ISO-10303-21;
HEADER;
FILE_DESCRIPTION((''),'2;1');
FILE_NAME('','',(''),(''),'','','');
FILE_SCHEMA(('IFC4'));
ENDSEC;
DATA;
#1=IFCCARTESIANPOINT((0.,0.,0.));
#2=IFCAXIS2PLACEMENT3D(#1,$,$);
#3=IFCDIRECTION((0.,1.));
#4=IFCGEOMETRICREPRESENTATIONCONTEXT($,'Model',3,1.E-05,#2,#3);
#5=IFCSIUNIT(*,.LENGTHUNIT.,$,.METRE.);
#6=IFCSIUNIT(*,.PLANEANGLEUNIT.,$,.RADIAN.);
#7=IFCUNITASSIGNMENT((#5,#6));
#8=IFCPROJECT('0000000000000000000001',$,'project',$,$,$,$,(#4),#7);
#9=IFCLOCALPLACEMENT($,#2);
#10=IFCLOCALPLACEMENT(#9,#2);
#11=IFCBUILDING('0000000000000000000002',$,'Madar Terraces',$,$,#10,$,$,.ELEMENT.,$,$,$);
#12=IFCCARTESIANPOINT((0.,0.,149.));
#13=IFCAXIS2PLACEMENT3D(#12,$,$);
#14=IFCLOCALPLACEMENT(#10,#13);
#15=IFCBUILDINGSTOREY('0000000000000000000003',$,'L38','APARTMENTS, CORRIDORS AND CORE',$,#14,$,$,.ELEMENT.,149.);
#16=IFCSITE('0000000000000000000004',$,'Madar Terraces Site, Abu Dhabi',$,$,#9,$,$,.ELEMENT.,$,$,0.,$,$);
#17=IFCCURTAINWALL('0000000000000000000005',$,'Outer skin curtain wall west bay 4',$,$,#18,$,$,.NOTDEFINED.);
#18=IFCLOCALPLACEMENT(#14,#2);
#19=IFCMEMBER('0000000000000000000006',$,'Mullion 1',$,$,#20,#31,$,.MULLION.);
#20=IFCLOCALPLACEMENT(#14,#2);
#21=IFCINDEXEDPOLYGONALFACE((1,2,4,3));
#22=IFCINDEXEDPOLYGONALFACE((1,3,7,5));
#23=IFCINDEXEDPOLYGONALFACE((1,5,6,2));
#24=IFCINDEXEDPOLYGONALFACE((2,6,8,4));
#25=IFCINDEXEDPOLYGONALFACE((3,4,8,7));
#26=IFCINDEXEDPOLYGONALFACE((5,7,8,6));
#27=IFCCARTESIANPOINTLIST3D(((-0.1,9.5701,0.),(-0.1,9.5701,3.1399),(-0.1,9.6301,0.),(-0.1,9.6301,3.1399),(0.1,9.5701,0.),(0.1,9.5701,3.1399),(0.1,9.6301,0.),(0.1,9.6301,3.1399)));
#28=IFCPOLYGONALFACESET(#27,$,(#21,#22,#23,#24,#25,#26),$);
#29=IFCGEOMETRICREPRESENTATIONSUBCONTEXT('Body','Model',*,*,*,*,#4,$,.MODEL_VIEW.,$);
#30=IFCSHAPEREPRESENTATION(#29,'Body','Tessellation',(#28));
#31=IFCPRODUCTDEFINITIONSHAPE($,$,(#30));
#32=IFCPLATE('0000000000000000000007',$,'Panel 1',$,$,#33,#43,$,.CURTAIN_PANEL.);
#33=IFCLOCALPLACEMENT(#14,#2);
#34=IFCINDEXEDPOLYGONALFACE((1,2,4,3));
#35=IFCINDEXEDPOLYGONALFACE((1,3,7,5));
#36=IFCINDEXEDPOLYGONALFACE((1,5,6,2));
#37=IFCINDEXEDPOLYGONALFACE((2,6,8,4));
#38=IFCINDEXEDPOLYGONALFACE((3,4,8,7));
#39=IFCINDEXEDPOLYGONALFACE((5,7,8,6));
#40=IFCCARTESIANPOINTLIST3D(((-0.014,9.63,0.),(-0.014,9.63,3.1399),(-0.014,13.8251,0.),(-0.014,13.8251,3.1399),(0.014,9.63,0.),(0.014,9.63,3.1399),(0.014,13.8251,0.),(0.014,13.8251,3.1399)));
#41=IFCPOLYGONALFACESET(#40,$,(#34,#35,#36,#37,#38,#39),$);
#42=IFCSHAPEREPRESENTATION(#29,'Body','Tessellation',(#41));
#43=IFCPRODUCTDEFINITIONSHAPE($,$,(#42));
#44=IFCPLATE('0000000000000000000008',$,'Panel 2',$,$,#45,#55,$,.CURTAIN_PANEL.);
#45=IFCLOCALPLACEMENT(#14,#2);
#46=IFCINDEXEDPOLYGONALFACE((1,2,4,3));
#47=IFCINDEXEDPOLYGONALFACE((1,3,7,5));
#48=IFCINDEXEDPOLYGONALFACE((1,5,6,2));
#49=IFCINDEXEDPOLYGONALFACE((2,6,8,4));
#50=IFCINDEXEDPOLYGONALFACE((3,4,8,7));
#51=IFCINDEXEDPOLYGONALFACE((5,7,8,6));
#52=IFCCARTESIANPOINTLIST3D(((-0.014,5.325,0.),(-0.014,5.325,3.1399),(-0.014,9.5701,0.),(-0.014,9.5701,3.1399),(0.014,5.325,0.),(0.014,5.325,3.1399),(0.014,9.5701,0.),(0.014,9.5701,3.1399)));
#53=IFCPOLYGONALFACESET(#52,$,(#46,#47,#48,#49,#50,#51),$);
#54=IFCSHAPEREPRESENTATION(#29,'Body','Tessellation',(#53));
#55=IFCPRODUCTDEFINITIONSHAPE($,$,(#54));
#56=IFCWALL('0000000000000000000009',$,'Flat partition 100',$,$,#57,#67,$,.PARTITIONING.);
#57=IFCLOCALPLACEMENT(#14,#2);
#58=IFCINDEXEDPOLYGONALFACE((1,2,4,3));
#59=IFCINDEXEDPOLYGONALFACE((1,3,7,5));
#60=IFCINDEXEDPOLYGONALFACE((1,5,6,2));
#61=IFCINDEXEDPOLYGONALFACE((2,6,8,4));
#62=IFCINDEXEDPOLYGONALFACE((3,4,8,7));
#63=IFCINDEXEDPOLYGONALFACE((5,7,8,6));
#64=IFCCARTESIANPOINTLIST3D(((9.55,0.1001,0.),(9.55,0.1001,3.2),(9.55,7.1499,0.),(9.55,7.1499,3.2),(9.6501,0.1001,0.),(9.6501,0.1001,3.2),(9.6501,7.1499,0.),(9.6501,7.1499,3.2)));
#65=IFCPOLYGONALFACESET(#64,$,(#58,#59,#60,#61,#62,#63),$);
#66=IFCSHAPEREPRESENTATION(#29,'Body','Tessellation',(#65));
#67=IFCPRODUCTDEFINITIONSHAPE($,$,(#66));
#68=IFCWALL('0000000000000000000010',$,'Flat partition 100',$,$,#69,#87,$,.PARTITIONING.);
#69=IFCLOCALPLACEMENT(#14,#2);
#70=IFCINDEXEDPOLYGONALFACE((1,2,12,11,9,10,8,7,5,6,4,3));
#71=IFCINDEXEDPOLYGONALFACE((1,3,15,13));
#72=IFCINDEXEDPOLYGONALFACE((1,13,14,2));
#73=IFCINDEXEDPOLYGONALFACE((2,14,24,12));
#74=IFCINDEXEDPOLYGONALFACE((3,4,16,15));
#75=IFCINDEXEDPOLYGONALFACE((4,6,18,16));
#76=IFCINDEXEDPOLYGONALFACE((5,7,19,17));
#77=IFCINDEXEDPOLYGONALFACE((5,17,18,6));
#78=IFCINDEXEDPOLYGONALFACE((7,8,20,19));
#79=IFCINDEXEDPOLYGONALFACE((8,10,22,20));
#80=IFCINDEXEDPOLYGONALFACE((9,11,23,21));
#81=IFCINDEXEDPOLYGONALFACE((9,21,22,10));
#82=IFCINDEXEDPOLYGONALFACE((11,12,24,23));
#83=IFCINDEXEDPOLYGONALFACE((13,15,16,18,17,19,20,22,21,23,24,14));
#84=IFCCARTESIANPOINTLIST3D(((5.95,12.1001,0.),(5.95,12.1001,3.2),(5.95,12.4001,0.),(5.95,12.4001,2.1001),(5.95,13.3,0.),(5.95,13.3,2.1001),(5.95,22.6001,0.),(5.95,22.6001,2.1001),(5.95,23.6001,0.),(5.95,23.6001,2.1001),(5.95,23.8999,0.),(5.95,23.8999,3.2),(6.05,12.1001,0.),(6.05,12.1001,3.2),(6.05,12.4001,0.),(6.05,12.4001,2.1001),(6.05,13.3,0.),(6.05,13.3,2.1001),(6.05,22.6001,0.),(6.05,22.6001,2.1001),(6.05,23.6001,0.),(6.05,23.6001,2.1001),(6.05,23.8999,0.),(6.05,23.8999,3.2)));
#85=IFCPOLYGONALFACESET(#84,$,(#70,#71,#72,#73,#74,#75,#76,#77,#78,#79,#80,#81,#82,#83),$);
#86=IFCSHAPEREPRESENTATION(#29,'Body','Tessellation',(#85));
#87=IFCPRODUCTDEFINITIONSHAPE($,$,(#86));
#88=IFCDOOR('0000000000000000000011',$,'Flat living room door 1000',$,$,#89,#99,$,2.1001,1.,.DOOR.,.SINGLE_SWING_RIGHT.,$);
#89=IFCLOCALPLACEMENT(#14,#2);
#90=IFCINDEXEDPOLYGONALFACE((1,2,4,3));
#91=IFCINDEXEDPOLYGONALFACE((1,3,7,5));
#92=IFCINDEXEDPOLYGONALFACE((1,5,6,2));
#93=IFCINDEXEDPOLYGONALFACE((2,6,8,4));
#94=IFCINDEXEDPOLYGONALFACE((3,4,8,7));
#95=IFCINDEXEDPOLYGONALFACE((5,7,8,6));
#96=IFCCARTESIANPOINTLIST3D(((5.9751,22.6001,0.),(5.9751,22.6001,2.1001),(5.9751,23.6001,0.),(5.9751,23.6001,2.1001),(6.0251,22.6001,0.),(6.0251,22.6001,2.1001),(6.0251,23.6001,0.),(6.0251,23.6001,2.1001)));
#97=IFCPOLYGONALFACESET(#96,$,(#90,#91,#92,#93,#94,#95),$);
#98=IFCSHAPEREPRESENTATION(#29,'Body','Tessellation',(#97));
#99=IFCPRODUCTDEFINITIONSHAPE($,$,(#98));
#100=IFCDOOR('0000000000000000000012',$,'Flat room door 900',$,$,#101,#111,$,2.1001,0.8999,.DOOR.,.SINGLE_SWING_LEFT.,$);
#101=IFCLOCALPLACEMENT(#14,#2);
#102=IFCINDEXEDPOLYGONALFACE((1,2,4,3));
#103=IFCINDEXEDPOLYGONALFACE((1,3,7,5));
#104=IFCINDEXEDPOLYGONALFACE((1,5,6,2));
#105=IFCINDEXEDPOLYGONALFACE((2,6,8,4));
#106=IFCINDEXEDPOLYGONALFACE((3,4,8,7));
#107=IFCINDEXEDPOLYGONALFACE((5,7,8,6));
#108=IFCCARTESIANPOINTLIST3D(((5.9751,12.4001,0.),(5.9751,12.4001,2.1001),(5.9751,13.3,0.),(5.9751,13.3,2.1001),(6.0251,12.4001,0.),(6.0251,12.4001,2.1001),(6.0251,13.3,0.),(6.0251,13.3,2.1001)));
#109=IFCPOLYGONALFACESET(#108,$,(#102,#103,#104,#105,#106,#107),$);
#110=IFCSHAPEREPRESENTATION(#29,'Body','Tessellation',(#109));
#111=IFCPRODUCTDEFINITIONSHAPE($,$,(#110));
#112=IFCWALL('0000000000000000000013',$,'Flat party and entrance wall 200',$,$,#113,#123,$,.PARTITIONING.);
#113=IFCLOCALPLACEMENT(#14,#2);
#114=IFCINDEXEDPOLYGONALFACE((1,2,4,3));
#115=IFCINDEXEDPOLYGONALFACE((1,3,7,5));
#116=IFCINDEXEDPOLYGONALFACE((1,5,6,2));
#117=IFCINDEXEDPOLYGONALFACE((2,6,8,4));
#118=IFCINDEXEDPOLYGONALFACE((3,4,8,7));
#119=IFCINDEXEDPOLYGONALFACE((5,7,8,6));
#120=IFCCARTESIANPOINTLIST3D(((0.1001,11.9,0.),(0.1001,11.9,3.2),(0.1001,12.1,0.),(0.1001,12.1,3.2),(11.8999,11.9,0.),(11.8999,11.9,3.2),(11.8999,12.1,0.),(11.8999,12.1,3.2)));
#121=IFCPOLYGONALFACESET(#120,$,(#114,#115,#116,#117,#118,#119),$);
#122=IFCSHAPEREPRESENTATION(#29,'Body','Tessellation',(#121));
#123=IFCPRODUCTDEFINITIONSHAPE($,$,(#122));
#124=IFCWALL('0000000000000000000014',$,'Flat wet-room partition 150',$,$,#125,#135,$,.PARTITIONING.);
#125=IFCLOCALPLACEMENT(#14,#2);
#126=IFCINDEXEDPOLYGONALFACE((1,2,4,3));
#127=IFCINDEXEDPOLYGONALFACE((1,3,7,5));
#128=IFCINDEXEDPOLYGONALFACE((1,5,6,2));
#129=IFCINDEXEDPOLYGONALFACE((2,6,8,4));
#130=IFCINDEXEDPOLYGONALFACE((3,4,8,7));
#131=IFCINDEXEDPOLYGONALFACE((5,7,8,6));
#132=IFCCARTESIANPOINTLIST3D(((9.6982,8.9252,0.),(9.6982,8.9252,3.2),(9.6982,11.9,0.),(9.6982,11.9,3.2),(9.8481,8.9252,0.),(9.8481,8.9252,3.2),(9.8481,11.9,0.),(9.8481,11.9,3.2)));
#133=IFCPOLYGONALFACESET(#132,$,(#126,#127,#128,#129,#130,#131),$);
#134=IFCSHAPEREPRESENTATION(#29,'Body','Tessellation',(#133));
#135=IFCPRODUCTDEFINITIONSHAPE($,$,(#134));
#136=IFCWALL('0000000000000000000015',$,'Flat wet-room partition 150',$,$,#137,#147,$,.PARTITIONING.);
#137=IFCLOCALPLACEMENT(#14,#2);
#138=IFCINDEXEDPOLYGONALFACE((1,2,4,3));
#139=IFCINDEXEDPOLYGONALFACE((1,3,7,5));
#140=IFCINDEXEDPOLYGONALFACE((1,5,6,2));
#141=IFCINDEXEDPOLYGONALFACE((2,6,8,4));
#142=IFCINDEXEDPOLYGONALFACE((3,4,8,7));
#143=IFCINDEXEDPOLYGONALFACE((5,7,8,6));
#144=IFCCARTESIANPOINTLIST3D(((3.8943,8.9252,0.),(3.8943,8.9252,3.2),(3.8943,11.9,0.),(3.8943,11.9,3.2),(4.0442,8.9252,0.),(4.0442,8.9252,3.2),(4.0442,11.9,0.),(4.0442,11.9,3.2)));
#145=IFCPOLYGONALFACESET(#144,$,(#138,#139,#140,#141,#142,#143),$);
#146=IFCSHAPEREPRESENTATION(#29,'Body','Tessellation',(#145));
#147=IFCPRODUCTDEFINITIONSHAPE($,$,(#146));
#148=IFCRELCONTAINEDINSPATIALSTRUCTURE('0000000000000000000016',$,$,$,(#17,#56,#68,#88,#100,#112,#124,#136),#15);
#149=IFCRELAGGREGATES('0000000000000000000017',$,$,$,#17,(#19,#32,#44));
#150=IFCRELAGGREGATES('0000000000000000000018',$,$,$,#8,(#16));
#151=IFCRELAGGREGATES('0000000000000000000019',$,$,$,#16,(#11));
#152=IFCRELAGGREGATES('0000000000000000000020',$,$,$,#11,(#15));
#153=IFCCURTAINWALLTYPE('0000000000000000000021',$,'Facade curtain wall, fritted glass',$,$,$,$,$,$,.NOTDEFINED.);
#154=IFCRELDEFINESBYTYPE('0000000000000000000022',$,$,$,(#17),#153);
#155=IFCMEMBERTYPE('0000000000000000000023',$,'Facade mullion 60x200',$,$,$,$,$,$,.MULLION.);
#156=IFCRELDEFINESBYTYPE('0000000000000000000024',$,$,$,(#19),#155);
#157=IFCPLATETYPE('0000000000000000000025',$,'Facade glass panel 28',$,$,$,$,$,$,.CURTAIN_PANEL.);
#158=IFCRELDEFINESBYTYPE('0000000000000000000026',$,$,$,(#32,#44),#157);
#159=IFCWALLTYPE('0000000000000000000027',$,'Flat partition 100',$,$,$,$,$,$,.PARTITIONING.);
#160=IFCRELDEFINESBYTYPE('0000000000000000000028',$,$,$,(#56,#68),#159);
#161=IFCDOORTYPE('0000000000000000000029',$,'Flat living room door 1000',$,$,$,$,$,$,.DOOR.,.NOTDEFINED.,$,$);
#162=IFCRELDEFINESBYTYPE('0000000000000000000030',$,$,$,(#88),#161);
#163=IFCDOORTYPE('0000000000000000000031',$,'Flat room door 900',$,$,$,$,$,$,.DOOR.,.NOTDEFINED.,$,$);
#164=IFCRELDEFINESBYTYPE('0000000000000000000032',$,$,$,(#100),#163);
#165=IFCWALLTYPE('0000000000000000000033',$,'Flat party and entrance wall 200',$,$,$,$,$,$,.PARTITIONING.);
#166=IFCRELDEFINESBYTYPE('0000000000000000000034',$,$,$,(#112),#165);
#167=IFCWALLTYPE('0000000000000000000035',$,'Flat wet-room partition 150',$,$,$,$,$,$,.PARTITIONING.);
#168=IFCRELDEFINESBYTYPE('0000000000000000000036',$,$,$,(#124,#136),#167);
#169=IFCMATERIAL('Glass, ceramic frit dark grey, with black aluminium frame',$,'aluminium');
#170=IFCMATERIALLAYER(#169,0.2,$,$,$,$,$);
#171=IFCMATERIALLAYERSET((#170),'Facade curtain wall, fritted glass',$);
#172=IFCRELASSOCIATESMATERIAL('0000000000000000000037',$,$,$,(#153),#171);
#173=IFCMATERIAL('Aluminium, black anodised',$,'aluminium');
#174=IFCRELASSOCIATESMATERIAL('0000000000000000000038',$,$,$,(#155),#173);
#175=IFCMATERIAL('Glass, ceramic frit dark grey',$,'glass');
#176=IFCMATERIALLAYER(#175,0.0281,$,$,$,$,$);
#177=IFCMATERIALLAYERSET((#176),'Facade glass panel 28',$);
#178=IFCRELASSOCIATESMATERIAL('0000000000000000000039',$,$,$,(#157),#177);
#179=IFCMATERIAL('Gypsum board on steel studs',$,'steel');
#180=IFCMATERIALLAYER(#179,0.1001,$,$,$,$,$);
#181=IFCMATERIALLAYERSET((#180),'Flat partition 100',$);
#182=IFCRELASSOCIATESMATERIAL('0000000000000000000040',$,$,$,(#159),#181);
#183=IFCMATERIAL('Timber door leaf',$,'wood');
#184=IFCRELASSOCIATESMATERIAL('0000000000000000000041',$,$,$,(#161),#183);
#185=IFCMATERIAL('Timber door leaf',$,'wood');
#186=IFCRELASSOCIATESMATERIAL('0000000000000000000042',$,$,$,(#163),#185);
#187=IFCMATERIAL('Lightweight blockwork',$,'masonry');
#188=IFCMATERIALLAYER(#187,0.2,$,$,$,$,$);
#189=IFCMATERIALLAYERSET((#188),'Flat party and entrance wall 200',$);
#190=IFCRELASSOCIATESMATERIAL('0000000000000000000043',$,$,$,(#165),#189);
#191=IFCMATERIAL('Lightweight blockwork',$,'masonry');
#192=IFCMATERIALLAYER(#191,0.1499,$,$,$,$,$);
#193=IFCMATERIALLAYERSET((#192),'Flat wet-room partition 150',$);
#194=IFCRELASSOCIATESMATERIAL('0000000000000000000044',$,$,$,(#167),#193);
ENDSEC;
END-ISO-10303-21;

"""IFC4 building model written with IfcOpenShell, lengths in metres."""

from ifc_helpers import new_model, si_unit, direction, frame, frame_2d, origin, origin_2d, place, context, subcontext, project, spatial, rectangle, extrude, material, layer, layer_set, material_profile, profile_set, type_object, element, fill, aggregate, save


model = new_model("IFC4")

# Units and contexts
model_context = context("Model", 3, precision=1e-05, world=origin(), true_north=direction((0.0, 1.0)))
body_context = subcontext(model_context, "Body", "Model", "MODEL_VIEW")
ifc_project = project(units=[si_unit("LENGTHUNIT", "METRE"), si_unit("PLANEANGLEUNIT", "RADIAN")], contexts=[model_context])

# Site, building, storey
site_placement = place(None, origin())
site = spatial("IfcSite", under=ifc_project, at=site_placement, Name="Madar Terraces Site, Abu Dhabi", CompositionType="ELEMENT", RefElevation=0.0)
building_placement = place(site_placement, origin())
building = spatial("IfcBuilding", under=site, at=building_placement, Name="Madar Terraces", CompositionType="ELEMENT")
storey_placement = place(building_placement, frame((0.0, 0.0, 149.0)))
storey = spatial("IfcBuildingStorey", under=building, at=storey_placement, Name="L38", Description="APARTMENTS, CORRIDORS AND CORE", CompositionType="ELEMENT", Elevation=149.0)

# Curtain wall, member, plates
ifc_material_1 = material(Name="Glass, ceramic frit dark grey, with black aluminium frame", Category="aluminium")
ifc_layer_1 = layer(ifc_material_1, 0.2)
ifc_layer_set_1 = layer_set([ifc_layer_1], Name="Facade curtain wall, fritted glass")
curtain_wall_type = type_object("IfcCurtainWallType", Name="Facade curtain wall, fritted glass", PredefinedType="NOTDEFINED", material=ifc_layer_set_1)
curtain_wall_placement = place(storey_placement, origin())
curtain_wall = element("IfcCurtainWall", 1, at=curtain_wall_placement, inside=storey, type_object=curtain_wall_type, Name="Outer skin curtain wall west bay 4", PredefinedType="NOTDEFINED")
ifc_material_2 = material(Name="Aluminium, black anodised", Category="aluminium")
ifc_material_profile = material_profile(ifc_material_2, rectangle(XDim=0.2, YDim=0.0601, at=origin_2d()), Name="Facade mullion 60x200")
ifc_profile_set = profile_set([ifc_material_profile], Name="Aluminium, black anodised")
member_type = type_object("IfcMemberType", Name="Facade mullion 60x200", PredefinedType="MULLION", material=ifc_profile_set)
member_placement = place(storey_placement, frame((0.0, 9.6001, 0.0), z_axis=(0.0, 0.0, 1.0), x_axis=(1.0, 0.0, 0.0)))
member = element("IfcMember", 2, at=member_placement, type_object=member_type, Name="Mullion 1", PredefinedType="MULLION", context=body_context, shape_type="SweptSolid", body=[
    extrude(rectangle(XDim=0.2, YDim=0.0601, at=origin_2d()), origin(), (0.0, 0.0, 1.0), 3.1399),
])
ifc_material_3 = material(Name="Glass, ceramic frit dark grey", Category="glass")
ifc_layer_2 = layer(ifc_material_3, 0.0281)
ifc_layer_set_2 = layer_set([ifc_layer_2], Name="Facade glass panel 28")
plate_type = type_object("IfcPlateType", Name="Facade glass panel 28", PredefinedType="CURTAIN_PANEL", material=ifc_layer_set_2)
plate_1_placement = place(storey_placement, frame((0.0, 11.7275, 0.0), z_axis=(0.0, 0.0, 1.0), x_axis=(0.0, -1.0, 0.0)))
plate_1 = element("IfcPlate", 3, at=plate_1_placement, type_object=plate_type, Name="Panel 1", PredefinedType="CURTAIN_PANEL", context=body_context, shape_type="SweptSolid", body=[
    extrude(rectangle(XDim=4.1951, YDim=0.0281, at=origin_2d()), origin(), (0.0, 0.0, 1.0), 3.1399),
])
plate_2_placement = place(storey_placement, frame((0.0, 7.4475, 0.0), z_axis=(0.0, 0.0, 1.0), x_axis=(0.0, -1.0, 0.0)))
plate_2 = element("IfcPlate", 4, at=plate_2_placement, type_object=plate_type, Name="Panel 2", PredefinedType="CURTAIN_PANEL", context=body_context, shape_type="SweptSolid", body=[
    extrude(rectangle(XDim=4.2451, YDim=0.0281, at=origin_2d()), origin(), (0.0, 0.0, 1.0), 3.1399),
])
aggregate(curtain_wall, [member, plate_1, plate_2])

# Wall
ifc_material_4 = material(Name="Gypsum board on steel studs", Category="steel")
ifc_layer_3 = layer(ifc_material_4, 0.1001)
ifc_layer_set_3 = layer_set([ifc_layer_3], Name="Flat partition 100")
wall_type_1 = type_object("IfcWallType", Name="Flat partition 100", PredefinedType="PARTITIONING", material=ifc_layer_set_3)
wall_1_placement = place(storey_placement, frame((9.6001, 7.1499, 0.0), z_axis=(0.0, 0.0, 1.0), x_axis=(0.0, -1.0, 0.0)))
element("IfcWall", 5, at=wall_1_placement, inside=storey, type_object=wall_type_1, Name="Flat partition 100", PredefinedType="PARTITIONING", context=body_context, shape_type="SweptSolid", body=[
    extrude(rectangle(XDim=7.0498, YDim=0.1001, at=frame_2d((3.5249, 0.0))), origin(), (0.0, 0.0, 1.0), 3.2),
])

# Wall, openings, doors
wall_2_placement = place(storey_placement, frame((6.0, 12.1001, 0.0), z_axis=(0.0, 0.0, 1.0), x_axis=(0.0, 1.0, 0.0)))
wall_2 = element("IfcWall", 6, at=wall_2_placement, inside=storey, type_object=wall_type_1, Name="Flat partition 100", PredefinedType="PARTITIONING", context=body_context, shape_type="SweptSolid", body=[
    extrude(rectangle(XDim=11.7998, YDim=0.1001, at=frame_2d((5.8999, 0.0))), origin(), (0.0, 0.0, 1.0), 3.2),
])
opening_1_placement = place(wall_2_placement, frame((10.5, 0.0, 0.0)))
opening_1 = element("IfcOpeningElement", 7, at=opening_1_placement, cuts=wall_2, PredefinedType="OPENING", context=body_context, shape_type="SweptSolid", body=[
    extrude(rectangle(XDim=1.0, YDim=2.1001, at=frame_2d((0.5, 1.05))), frame((0.0, 0.0601, 0.0), z_axis=(0.0, -1.0, 0.0), x_axis=(1.0, 0.0, 0.0)), (0.0, 0.0, 1.0), 0.1201),
])
opening_2_placement = place(wall_2_placement, frame((0.3, 0.0, 0.0)))
opening_2 = element("IfcOpeningElement", 8, at=opening_2_placement, cuts=wall_2, PredefinedType="OPENING", context=body_context, shape_type="SweptSolid", body=[
    extrude(rectangle(XDim=0.8999, YDim=2.1001, at=frame_2d((0.45, 1.05))), frame((0.0, 0.0601, 0.0), z_axis=(0.0, -1.0, 0.0), x_axis=(1.0, 0.0, 0.0)), (0.0, 0.0, 1.0), 0.1201),
])
ifc_material_5 = material(Name="Timber door leaf", Category="wood")
door_type_1 = type_object("IfcDoorType", Name="Flat living room door 1000", OperationType="NOTDEFINED", PredefinedType="DOOR", material=ifc_material_5)
door_1_placement = place(opening_1_placement, origin())
door_1 = element("IfcDoor", 9, at=door_1_placement, inside=storey, type_object=door_type_1, Name="Flat living room door 1000", OperationType="SINGLE_SWING_RIGHT", OverallHeight=2.1001, OverallWidth=1.0, PredefinedType="DOOR", context=body_context, shape_type="SweptSolid", body=[
    extrude(rectangle(XDim=1.0, YDim=2.1001, at=frame_2d((0.5, 1.05))), frame((0.0, 0.0249, 0.0), z_axis=(0.0, -1.0, 0.0), x_axis=(1.0, 0.0, 0.0)), (0.0, 0.0, 1.0), 0.05),
])
fill(opening_1, door_1)
ifc_material_6 = material(Name="Timber door leaf", Category="wood")
door_type_2 = type_object("IfcDoorType", Name="Flat room door 900", OperationType="NOTDEFINED", PredefinedType="DOOR", material=ifc_material_6)
door_2_placement = place(opening_2_placement, origin())
door_2 = element("IfcDoor", 10, at=door_2_placement, inside=storey, type_object=door_type_2, Name="Flat room door 900", OperationType="SINGLE_SWING_LEFT", OverallHeight=2.1001, OverallWidth=0.8999, PredefinedType="DOOR", context=body_context, shape_type="SweptSolid", body=[
    extrude(rectangle(XDim=0.8999, YDim=2.1001, at=frame_2d((0.45, 1.05))), frame((0.0, 0.0249, 0.0), z_axis=(0.0, -1.0, 0.0), x_axis=(1.0, 0.0, 0.0)), (0.0, 0.0, 1.0), 0.05),
])
fill(opening_2, door_2)

# Walls
ifc_material_7 = material(Name="Lightweight blockwork", Category="masonry")
ifc_layer_4 = layer(ifc_material_7, 0.2)
ifc_layer_set_4 = layer_set([ifc_layer_4], Name="Flat party and entrance wall 200")
wall_type_2 = type_object("IfcWallType", Name="Flat party and entrance wall 200", PredefinedType="PARTITIONING", material=ifc_layer_set_4)
wall_3_placement = place(storey_placement, frame((0.1001, 12.0, 0.0), z_axis=(0.0, 0.0, 1.0), x_axis=(1.0, 0.0, 0.0)))
element("IfcWall", 11, at=wall_3_placement, inside=storey, type_object=wall_type_2, Name="Flat party and entrance wall 200", PredefinedType="PARTITIONING", context=body_context, shape_type="SweptSolid", body=[
    extrude(rectangle(XDim=11.7998, YDim=0.2, at=frame_2d((5.8999, 0.0))), origin(), (0.0, 0.0, 1.0), 3.2),
])
ifc_material_8 = material(Name="Lightweight blockwork", Category="masonry")
ifc_layer_5 = layer(ifc_material_8, 0.1499)
ifc_layer_set_5 = layer_set([ifc_layer_5], Name="Flat wet-room partition 150")
wall_type_3 = type_object("IfcWallType", Name="Flat wet-room partition 150", PredefinedType="PARTITIONING", material=ifc_layer_set_5)
for number, where, z_axis, x_axis, name in (
    (12, (9.7732, 11.8999, 0.0), (0.0, 0.0, 1.0), (0.0, -1.0, 0.0), "Flat wet-room partition 150"),
    (13, (3.9692, 11.8999, 0.0), (0.0, 0.0, 1.0), (0.0, -1.0, 0.0), "Flat wet-room partition 150"),
):
    element("IfcWall", number, at=place(storey_placement, frame(where, z_axis=z_axis, x_axis=x_axis)), inside=storey, type_object=wall_type_3, Name=name, PredefinedType="PARTITIONING", context=body_context, shape_type="SweptSolid", body=[
        extrude(rectangle(XDim=2.9749, YDim=0.1499, at=frame_2d((1.4873, 0.0))), origin(), (0.0, 0.0, 1.0), 3.2),
    ])

save(model, "model.ifc")
